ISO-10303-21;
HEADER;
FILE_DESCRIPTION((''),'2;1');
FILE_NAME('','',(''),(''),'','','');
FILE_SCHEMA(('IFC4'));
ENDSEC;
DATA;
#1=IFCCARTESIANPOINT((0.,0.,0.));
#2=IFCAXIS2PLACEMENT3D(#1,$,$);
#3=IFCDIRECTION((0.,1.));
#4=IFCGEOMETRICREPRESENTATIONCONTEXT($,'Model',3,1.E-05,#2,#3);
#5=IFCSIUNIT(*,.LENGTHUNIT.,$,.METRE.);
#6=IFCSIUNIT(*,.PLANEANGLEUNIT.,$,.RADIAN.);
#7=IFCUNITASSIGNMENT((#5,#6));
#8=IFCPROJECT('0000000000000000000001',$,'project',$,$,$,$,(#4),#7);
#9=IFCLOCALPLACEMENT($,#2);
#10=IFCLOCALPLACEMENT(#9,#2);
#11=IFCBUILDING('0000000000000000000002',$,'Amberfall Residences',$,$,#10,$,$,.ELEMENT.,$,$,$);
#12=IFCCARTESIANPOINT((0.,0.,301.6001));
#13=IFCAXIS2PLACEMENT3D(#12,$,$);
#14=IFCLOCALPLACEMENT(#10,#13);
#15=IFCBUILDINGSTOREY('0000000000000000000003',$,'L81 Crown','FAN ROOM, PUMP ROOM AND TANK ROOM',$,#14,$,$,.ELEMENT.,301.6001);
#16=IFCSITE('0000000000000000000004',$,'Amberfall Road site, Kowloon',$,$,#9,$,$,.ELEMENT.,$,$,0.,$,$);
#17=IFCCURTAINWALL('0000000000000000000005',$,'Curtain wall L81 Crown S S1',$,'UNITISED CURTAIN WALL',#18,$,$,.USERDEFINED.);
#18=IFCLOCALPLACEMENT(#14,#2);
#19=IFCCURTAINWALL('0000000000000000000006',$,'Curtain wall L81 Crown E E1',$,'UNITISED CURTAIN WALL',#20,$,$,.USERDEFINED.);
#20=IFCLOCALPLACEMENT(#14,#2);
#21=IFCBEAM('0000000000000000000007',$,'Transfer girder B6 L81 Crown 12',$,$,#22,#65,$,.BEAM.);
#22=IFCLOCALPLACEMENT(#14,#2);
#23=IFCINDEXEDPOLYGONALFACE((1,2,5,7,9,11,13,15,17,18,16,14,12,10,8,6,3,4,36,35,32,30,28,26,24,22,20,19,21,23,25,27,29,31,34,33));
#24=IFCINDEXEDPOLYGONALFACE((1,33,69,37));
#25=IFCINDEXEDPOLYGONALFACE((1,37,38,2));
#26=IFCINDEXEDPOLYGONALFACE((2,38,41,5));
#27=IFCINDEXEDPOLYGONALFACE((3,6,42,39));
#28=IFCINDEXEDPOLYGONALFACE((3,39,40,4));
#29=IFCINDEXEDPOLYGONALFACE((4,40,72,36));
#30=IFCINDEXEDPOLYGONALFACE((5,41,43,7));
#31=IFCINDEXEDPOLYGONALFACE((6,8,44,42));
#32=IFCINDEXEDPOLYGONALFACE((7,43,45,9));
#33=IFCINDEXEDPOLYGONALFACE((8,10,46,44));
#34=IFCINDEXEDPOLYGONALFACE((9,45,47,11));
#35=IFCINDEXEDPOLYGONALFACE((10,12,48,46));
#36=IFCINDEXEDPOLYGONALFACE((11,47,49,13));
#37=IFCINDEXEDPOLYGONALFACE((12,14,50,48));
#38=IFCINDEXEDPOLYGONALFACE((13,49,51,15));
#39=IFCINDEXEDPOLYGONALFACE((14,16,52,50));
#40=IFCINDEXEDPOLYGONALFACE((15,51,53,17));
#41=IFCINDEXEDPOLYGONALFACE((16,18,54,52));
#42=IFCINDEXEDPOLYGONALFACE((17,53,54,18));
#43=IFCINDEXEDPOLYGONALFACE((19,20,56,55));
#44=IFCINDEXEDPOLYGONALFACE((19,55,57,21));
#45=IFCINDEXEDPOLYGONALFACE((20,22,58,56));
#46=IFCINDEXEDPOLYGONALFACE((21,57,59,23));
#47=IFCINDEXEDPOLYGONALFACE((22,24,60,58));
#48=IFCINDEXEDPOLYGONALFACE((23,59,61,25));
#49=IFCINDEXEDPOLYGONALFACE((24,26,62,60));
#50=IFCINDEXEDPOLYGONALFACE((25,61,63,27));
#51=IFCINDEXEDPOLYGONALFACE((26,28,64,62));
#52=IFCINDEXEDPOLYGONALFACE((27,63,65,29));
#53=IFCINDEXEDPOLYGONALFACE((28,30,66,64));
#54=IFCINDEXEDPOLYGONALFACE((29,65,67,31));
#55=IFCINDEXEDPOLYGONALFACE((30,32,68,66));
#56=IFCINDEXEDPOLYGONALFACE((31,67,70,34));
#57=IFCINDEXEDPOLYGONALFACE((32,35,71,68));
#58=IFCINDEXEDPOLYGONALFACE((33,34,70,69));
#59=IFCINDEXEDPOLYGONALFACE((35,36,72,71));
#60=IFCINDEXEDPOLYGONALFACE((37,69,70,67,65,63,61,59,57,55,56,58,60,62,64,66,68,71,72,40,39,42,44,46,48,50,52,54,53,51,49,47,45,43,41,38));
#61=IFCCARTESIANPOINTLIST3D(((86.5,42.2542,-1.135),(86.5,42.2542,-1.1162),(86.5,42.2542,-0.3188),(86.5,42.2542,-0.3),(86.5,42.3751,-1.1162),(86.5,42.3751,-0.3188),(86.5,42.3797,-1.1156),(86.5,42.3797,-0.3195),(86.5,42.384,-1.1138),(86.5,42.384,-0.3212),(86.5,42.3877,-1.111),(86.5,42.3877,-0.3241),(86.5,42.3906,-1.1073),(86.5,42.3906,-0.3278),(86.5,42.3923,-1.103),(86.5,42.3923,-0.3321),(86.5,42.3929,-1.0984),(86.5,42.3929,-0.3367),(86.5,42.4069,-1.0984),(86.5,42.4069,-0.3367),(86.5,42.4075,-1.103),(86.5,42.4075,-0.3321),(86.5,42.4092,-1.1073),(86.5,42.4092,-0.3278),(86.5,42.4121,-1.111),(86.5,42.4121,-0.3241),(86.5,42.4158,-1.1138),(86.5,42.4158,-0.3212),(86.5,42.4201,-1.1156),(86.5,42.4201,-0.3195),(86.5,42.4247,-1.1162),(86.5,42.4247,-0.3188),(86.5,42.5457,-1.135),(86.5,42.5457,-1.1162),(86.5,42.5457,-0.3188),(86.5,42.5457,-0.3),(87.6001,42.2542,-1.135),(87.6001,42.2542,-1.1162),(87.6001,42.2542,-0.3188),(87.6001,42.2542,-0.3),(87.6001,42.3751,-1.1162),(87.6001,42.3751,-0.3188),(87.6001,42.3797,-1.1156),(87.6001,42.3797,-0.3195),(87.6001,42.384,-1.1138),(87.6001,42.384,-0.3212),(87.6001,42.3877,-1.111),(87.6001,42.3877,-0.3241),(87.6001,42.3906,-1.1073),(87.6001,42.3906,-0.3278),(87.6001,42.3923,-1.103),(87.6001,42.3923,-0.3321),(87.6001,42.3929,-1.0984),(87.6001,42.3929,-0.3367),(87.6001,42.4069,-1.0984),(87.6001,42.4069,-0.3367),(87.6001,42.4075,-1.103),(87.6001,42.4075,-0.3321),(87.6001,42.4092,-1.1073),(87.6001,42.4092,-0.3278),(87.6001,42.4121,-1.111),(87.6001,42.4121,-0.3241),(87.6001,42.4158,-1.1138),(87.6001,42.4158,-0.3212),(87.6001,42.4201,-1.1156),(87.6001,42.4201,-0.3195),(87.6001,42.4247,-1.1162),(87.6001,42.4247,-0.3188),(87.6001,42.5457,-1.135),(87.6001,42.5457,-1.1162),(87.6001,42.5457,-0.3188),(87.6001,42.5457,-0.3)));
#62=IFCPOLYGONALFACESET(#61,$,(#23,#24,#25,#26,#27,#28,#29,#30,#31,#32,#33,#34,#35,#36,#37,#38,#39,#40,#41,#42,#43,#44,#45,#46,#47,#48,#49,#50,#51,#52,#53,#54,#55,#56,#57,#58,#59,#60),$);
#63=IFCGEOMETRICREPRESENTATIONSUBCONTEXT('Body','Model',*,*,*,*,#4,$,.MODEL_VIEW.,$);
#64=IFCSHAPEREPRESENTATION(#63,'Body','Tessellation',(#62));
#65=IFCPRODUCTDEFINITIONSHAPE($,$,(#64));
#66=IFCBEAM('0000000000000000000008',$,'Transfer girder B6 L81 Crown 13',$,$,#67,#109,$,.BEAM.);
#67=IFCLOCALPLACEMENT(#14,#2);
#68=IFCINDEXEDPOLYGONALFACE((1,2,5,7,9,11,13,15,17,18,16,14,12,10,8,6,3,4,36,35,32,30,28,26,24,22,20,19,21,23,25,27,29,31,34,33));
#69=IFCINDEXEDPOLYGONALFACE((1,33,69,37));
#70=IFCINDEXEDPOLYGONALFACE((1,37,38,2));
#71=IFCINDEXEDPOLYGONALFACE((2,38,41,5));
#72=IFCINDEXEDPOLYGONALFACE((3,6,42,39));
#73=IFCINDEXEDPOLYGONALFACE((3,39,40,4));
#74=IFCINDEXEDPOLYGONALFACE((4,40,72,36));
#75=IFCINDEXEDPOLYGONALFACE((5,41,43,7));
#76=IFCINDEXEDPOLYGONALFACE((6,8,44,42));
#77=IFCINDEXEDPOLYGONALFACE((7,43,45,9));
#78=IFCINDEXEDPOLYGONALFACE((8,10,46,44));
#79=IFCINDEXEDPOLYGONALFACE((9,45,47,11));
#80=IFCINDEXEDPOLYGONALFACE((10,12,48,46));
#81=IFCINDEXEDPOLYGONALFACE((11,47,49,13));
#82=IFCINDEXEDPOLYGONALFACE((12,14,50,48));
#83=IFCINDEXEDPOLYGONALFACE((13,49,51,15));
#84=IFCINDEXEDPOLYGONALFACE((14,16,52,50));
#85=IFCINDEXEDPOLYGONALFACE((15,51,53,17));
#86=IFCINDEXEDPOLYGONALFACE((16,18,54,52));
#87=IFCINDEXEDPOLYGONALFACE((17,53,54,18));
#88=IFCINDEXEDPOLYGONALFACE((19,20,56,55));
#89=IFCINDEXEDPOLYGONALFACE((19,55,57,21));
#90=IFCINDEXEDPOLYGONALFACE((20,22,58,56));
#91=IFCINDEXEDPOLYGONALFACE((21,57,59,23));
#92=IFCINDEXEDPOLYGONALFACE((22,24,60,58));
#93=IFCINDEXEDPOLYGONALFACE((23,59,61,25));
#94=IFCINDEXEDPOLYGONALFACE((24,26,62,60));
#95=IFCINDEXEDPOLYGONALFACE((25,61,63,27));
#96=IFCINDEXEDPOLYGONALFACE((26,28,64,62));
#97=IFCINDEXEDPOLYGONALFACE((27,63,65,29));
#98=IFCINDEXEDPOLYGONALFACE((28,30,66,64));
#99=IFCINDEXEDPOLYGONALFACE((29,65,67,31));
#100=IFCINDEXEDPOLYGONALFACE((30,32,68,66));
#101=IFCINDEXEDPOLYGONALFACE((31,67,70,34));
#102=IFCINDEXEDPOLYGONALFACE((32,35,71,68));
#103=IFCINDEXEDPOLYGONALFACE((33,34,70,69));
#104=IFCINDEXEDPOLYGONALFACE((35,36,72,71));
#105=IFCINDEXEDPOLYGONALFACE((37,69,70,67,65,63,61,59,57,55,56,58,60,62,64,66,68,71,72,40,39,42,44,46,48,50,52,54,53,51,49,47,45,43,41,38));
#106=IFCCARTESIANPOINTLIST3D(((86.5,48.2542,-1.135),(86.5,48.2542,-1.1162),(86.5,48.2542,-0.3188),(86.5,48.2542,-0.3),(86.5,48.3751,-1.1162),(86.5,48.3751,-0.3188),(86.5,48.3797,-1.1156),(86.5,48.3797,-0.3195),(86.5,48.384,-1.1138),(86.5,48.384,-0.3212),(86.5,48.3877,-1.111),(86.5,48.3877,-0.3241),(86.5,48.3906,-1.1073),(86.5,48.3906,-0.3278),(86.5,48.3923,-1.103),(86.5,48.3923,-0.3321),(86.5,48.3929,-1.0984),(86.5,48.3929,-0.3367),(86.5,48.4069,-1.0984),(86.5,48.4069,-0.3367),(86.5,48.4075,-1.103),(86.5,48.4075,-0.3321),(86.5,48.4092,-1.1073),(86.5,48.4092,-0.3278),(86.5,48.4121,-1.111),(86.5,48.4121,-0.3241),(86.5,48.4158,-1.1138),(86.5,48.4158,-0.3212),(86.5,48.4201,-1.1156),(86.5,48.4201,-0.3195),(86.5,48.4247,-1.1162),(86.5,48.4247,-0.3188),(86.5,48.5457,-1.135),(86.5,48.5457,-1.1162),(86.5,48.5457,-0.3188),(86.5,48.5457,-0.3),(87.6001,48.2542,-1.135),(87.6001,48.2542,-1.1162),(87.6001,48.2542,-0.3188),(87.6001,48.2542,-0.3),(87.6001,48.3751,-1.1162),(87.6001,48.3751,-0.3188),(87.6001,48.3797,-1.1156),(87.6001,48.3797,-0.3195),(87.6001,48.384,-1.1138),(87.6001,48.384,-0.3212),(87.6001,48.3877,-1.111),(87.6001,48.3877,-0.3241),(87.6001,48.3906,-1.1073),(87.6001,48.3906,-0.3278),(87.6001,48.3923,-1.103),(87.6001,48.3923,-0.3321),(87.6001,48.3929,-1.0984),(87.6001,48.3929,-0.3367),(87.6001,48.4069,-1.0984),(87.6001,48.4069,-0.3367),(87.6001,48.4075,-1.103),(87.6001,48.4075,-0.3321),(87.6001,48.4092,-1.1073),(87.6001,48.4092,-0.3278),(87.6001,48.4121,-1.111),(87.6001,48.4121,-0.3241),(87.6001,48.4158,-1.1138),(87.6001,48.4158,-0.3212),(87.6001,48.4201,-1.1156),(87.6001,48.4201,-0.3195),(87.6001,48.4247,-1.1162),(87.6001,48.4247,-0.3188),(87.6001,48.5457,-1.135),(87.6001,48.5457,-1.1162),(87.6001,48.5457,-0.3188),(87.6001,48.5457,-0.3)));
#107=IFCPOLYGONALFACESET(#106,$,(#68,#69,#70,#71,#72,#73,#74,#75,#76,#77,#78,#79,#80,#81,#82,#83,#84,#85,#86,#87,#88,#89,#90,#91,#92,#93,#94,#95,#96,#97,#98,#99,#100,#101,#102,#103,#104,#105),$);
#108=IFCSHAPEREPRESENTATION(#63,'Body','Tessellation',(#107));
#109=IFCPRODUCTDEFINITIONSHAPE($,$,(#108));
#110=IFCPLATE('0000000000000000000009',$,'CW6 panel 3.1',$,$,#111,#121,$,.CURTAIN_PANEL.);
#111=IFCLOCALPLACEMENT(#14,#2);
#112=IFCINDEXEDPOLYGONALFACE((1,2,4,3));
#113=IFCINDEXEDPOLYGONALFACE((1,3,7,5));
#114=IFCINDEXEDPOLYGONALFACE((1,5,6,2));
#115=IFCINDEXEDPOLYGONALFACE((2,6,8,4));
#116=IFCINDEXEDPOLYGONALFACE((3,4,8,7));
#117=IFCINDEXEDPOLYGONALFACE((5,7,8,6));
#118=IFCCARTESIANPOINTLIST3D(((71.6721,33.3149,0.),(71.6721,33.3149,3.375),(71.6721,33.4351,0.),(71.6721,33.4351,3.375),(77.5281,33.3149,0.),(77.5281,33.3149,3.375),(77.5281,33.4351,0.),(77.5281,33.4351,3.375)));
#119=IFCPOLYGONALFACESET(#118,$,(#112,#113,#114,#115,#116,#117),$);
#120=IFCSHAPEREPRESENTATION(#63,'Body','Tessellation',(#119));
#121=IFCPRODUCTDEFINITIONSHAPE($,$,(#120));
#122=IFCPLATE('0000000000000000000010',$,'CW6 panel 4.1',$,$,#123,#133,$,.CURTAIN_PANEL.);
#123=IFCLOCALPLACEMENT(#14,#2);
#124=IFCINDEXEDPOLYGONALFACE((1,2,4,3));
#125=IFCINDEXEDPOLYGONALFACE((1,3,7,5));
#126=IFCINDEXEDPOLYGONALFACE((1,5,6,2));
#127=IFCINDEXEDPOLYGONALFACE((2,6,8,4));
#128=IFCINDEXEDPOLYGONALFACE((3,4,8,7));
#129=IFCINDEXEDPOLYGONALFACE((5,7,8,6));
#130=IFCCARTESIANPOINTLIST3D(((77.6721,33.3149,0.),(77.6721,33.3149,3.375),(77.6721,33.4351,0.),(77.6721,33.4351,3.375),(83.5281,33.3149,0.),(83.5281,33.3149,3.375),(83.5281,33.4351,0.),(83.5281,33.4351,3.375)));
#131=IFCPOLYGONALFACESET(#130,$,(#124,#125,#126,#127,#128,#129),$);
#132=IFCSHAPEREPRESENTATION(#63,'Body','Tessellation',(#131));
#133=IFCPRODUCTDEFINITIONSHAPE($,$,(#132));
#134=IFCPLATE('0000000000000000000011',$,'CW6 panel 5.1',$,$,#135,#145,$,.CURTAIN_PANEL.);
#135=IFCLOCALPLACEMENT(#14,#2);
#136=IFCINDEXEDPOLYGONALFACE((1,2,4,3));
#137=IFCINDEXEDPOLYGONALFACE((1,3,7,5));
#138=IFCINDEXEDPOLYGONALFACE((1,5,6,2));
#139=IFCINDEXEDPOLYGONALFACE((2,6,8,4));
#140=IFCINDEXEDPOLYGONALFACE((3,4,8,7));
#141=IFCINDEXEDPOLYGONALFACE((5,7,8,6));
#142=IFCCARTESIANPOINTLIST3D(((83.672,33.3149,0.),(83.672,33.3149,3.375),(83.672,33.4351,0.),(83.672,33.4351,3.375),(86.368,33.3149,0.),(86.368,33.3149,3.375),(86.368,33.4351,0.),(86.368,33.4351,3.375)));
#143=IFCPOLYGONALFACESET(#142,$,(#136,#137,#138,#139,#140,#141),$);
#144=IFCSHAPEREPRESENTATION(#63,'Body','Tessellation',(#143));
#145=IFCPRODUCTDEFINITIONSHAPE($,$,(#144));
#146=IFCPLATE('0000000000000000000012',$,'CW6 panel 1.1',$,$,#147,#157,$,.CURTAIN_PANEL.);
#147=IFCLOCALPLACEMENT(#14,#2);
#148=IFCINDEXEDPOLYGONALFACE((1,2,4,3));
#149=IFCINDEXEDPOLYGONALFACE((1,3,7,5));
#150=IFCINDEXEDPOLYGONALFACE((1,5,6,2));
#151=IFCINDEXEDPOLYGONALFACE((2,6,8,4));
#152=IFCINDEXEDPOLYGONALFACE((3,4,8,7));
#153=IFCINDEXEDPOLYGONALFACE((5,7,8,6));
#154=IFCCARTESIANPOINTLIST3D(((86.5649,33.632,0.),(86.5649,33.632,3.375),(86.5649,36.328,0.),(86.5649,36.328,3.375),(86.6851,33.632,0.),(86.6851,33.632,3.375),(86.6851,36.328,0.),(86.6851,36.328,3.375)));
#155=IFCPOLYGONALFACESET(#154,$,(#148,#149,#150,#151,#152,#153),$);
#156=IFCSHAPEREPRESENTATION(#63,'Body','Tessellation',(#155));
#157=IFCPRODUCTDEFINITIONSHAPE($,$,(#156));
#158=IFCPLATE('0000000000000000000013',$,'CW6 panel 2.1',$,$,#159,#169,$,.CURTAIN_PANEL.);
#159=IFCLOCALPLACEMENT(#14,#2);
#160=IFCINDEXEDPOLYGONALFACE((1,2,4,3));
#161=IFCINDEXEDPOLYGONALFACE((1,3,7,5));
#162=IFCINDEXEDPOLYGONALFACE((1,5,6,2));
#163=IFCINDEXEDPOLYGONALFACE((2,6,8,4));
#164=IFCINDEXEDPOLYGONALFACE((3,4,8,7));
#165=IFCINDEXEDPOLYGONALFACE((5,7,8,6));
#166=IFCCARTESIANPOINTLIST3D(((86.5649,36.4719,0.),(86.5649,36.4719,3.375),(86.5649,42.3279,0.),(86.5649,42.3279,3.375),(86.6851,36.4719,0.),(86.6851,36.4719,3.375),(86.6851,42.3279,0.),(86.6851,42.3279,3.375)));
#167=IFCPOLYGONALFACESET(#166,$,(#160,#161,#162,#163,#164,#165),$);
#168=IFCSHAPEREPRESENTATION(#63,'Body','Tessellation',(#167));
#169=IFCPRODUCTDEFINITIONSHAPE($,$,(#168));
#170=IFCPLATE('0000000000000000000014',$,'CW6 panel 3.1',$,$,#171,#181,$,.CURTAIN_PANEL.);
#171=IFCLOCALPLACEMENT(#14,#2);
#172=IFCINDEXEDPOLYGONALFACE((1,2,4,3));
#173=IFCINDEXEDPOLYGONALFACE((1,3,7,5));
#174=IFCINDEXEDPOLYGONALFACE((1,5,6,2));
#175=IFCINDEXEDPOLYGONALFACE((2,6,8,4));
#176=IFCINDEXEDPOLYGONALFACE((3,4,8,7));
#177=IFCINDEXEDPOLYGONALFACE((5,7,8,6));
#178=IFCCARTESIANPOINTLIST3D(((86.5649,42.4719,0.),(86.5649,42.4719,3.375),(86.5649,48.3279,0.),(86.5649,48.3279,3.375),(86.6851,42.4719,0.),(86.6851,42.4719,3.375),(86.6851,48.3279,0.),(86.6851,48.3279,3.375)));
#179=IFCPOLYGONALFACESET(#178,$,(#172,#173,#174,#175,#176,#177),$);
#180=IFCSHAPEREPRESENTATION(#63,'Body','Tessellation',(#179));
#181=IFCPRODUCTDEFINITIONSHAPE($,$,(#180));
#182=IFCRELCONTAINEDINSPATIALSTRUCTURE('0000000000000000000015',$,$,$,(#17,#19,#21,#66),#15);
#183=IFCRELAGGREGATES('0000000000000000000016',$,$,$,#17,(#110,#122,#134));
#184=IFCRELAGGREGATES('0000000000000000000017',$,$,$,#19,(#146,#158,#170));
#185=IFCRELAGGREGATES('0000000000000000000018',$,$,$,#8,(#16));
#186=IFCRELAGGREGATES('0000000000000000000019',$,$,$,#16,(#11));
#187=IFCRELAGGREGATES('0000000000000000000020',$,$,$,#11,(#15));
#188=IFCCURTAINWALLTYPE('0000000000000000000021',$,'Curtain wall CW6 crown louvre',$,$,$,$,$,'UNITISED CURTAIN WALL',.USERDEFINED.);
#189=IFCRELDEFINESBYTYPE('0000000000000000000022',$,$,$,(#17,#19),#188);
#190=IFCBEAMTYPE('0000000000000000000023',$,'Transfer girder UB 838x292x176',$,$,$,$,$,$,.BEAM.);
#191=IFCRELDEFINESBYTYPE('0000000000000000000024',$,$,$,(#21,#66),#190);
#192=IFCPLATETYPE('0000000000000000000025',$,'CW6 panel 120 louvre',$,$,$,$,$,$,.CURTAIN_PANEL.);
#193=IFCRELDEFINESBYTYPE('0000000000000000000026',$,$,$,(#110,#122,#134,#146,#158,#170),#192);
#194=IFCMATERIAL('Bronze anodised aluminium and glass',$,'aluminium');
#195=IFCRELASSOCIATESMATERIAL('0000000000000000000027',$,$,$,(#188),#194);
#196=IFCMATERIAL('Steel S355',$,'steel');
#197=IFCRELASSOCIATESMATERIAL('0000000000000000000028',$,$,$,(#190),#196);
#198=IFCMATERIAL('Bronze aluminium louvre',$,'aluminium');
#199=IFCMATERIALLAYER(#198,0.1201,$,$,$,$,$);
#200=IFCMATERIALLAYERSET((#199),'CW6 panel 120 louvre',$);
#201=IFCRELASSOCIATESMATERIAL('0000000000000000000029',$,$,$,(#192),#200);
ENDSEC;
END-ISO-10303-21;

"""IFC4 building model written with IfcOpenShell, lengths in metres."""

from ifc_helpers import new_model, si_unit, direction, frame, origin, origin_2d, place, context, subcontext, project, spatial, rectangle, i_section, extrude, material, layer, layer_set, material_profile, profile_set, type_object, element, aggregate, save


model = new_model("IFC4")

# Units and contexts
model_context = context("Model", 3, precision=1e-05, world=origin(), true_north=direction((0.0, 1.0)))
body_context = subcontext(model_context, "Body", "Model", "MODEL_VIEW")
ifc_project = project(units=[si_unit("LENGTHUNIT", "METRE"), si_unit("PLANEANGLEUNIT", "RADIAN")], contexts=[model_context])

# Site, building, storey
site_placement = place(None, origin())
site = spatial("IfcSite", under=ifc_project, at=site_placement, Name="Amberfall Road site, Kowloon", CompositionType="ELEMENT", RefElevation=0.0)
building_placement = place(site_placement, origin())
building = spatial("IfcBuilding", under=site, at=building_placement, Name="Amberfall Residences", CompositionType="ELEMENT")
storey_placement = place(building_placement, frame((0.0, 0.0, 301.6001)))
storey = spatial("IfcBuildingStorey", under=building, at=storey_placement, Name="L81 Crown", Description="FAN ROOM, PUMP ROOM AND TANK ROOM", CompositionType="ELEMENT", Elevation=301.6001)

# Curtain walls
ifc_material_1 = material(Name="Bronze anodised aluminium and glass", Category="aluminium")
curtain_wall_type = type_object("IfcCurtainWallType", Name="Curtain wall CW6 crown louvre", ElementType="UNITISED CURTAIN WALL", PredefinedType="USERDEFINED", material=ifc_material_1)
curtain_wall_1_placement = place(storey_placement, origin())
curtain_wall_1 = element("IfcCurtainWall", 1, at=curtain_wall_1_placement, inside=storey, type_object=curtain_wall_type, Name="Curtain wall L81 Crown S S1", ObjectType="UNITISED CURTAIN WALL", PredefinedType="USERDEFINED")
curtain_wall_2_placement = place(storey_placement, origin())
curtain_wall_2 = element("IfcCurtainWall", 2, at=curtain_wall_2_placement, inside=storey, type_object=curtain_wall_type, Name="Curtain wall L81 Crown E E1", ObjectType="UNITISED CURTAIN WALL", PredefinedType="USERDEFINED")

# Beams
ifc_material_2 = material(Name="Steel S355", Category="steel")
ifc_material_profile_1 = material_profile(ifc_material_2, i_section(OverallWidth=0.2915, OverallDepth=0.835, WebThickness=0.0139, FlangeThickness=0.0188, FilletRadius=0.0178, at=origin_2d()), Name="UB 838x292x176")
ifc_profile_set_1 = profile_set([ifc_material_profile_1], Name="Steel S355")
beam_type_1 = type_object("IfcBeamType", Name="Transfer girder UB 838x292x176", PredefinedType="BEAM", material=ifc_profile_set_1)
for number, where, z_axis, x_axis, name in (
    (3, (87.6001, 42.3999, -0.7175), (-1.0, 0.0, 0.0), (0.0, -1.0, 0.0), "Transfer girder B6 L81 Crown 12"),
    (4, (87.6001, 48.3999, -0.7175), (-1.0, 0.0, 0.0), (0.0, -1.0, 0.0), "Transfer girder B6 L81 Crown 13"),
):
    element("IfcBeam", number, at=place(storey_placement, frame(where, z_axis=z_axis, x_axis=x_axis)), inside=storey, type_object=beam_type_1, Name=name, PredefinedType="BEAM", context=body_context, shape_type="SweptSolid", body=[
        extrude(i_section(OverallWidth=0.2915, OverallDepth=0.835, WebThickness=0.0139, FlangeThickness=0.0188, FilletRadius=0.0178, at=origin_2d()), origin(), (0.0, 0.0, 1.0), 1.1001),
    ])

# Plates
ifc_material_3 = material(Name="Bronze aluminium louvre", Category="aluminium")
ifc_layer_1 = layer(ifc_material_3, 0.1201)
ifc_layer_set_1 = layer_set([ifc_layer_1], Name="CW6 panel 120 louvre")
plate_type = type_object("IfcPlateType", Name="CW6 panel 120 louvre", PredefinedType="CURTAIN_PANEL", material=ifc_layer_set_1)
plate_1_placement = place(storey_placement, frame((74.6001, 33.375, 0.0), z_axis=(0.0, 0.0, 1.0), x_axis=(1.0, 0.0, 0.0)))
plate_1 = element("IfcPlate", 5, at=plate_1_placement, type_object=plate_type, Name="CW6 panel 3.1", PredefinedType="CURTAIN_PANEL", context=body_context, shape_type="SweptSolid", body=[
    extrude(rectangle(XDim=5.856, YDim=0.1201, at=origin_2d()), origin(), (0.0, 0.0, 1.0), 3.375),
])
plate_2_placement = place(storey_placement, frame((80.6001, 33.375, 0.0), z_axis=(0.0, 0.0, 1.0), x_axis=(1.0, 0.0, 0.0)))
plate_2 = element("IfcPlate", 6, at=plate_2_placement, type_object=plate_type, Name="CW6 panel 4.1", PredefinedType="CURTAIN_PANEL", context=body_context, shape_type="SweptSolid", body=[
    extrude(rectangle(XDim=5.856, YDim=0.1201, at=origin_2d()), origin(), (0.0, 0.0, 1.0), 3.375),
])
plate_3_placement = place(storey_placement, frame((85.02, 33.375, 0.0), z_axis=(0.0, 0.0, 1.0), x_axis=(1.0, 0.0, 0.0)))
plate_3 = element("IfcPlate", 7, at=plate_3_placement, type_object=plate_type, Name="CW6 panel 5.1", PredefinedType="CURTAIN_PANEL", context=body_context, shape_type="SweptSolid", body=[
    extrude(rectangle(XDim=2.696, YDim=0.1201, at=origin_2d()), origin(), (0.0, 0.0, 1.0), 3.375),
])
aggregate(curtain_wall_1, [plate_1, plate_2, plate_3])
plate_4_placement = place(storey_placement, frame((86.625, 34.98, 0.0), z_axis=(0.0, 0.0, 1.0), x_axis=(0.0, 1.0, 0.0)))
plate_4 = element("IfcPlate", 8, at=plate_4_placement, type_object=plate_type, Name="CW6 panel 1.1", PredefinedType="CURTAIN_PANEL", context=body_context, shape_type="SweptSolid", body=[
    extrude(rectangle(XDim=2.696, YDim=0.1201, at=origin_2d()), origin(), (0.0, 0.0, 1.0), 3.375),
])
plate_5_placement = place(storey_placement, frame((86.625, 39.3999, 0.0), z_axis=(0.0, 0.0, 1.0), x_axis=(0.0, 1.0, 0.0)))
plate_5 = element("IfcPlate", 9, at=plate_5_placement, type_object=plate_type, Name="CW6 panel 2.1", PredefinedType="CURTAIN_PANEL", context=body_context, shape_type="SweptSolid", body=[
    extrude(rectangle(XDim=5.856, YDim=0.1201, at=origin_2d()), origin(), (0.0, 0.0, 1.0), 3.375),
])
plate_6_placement = place(storey_placement, frame((86.625, 45.3999, 0.0), z_axis=(0.0, 0.0, 1.0), x_axis=(0.0, 1.0, 0.0)))
plate_6 = element("IfcPlate", 10, at=plate_6_placement, type_object=plate_type, Name="CW6 panel 3.1", PredefinedType="CURTAIN_PANEL", context=body_context, shape_type="SweptSolid", body=[
    extrude(rectangle(XDim=5.856, YDim=0.1201, at=origin_2d()), origin(), (0.0, 0.0, 1.0), 3.375),
])
aggregate(curtain_wall_2, [plate_4, plate_5, plate_6])

save(model, "model.ifc")
